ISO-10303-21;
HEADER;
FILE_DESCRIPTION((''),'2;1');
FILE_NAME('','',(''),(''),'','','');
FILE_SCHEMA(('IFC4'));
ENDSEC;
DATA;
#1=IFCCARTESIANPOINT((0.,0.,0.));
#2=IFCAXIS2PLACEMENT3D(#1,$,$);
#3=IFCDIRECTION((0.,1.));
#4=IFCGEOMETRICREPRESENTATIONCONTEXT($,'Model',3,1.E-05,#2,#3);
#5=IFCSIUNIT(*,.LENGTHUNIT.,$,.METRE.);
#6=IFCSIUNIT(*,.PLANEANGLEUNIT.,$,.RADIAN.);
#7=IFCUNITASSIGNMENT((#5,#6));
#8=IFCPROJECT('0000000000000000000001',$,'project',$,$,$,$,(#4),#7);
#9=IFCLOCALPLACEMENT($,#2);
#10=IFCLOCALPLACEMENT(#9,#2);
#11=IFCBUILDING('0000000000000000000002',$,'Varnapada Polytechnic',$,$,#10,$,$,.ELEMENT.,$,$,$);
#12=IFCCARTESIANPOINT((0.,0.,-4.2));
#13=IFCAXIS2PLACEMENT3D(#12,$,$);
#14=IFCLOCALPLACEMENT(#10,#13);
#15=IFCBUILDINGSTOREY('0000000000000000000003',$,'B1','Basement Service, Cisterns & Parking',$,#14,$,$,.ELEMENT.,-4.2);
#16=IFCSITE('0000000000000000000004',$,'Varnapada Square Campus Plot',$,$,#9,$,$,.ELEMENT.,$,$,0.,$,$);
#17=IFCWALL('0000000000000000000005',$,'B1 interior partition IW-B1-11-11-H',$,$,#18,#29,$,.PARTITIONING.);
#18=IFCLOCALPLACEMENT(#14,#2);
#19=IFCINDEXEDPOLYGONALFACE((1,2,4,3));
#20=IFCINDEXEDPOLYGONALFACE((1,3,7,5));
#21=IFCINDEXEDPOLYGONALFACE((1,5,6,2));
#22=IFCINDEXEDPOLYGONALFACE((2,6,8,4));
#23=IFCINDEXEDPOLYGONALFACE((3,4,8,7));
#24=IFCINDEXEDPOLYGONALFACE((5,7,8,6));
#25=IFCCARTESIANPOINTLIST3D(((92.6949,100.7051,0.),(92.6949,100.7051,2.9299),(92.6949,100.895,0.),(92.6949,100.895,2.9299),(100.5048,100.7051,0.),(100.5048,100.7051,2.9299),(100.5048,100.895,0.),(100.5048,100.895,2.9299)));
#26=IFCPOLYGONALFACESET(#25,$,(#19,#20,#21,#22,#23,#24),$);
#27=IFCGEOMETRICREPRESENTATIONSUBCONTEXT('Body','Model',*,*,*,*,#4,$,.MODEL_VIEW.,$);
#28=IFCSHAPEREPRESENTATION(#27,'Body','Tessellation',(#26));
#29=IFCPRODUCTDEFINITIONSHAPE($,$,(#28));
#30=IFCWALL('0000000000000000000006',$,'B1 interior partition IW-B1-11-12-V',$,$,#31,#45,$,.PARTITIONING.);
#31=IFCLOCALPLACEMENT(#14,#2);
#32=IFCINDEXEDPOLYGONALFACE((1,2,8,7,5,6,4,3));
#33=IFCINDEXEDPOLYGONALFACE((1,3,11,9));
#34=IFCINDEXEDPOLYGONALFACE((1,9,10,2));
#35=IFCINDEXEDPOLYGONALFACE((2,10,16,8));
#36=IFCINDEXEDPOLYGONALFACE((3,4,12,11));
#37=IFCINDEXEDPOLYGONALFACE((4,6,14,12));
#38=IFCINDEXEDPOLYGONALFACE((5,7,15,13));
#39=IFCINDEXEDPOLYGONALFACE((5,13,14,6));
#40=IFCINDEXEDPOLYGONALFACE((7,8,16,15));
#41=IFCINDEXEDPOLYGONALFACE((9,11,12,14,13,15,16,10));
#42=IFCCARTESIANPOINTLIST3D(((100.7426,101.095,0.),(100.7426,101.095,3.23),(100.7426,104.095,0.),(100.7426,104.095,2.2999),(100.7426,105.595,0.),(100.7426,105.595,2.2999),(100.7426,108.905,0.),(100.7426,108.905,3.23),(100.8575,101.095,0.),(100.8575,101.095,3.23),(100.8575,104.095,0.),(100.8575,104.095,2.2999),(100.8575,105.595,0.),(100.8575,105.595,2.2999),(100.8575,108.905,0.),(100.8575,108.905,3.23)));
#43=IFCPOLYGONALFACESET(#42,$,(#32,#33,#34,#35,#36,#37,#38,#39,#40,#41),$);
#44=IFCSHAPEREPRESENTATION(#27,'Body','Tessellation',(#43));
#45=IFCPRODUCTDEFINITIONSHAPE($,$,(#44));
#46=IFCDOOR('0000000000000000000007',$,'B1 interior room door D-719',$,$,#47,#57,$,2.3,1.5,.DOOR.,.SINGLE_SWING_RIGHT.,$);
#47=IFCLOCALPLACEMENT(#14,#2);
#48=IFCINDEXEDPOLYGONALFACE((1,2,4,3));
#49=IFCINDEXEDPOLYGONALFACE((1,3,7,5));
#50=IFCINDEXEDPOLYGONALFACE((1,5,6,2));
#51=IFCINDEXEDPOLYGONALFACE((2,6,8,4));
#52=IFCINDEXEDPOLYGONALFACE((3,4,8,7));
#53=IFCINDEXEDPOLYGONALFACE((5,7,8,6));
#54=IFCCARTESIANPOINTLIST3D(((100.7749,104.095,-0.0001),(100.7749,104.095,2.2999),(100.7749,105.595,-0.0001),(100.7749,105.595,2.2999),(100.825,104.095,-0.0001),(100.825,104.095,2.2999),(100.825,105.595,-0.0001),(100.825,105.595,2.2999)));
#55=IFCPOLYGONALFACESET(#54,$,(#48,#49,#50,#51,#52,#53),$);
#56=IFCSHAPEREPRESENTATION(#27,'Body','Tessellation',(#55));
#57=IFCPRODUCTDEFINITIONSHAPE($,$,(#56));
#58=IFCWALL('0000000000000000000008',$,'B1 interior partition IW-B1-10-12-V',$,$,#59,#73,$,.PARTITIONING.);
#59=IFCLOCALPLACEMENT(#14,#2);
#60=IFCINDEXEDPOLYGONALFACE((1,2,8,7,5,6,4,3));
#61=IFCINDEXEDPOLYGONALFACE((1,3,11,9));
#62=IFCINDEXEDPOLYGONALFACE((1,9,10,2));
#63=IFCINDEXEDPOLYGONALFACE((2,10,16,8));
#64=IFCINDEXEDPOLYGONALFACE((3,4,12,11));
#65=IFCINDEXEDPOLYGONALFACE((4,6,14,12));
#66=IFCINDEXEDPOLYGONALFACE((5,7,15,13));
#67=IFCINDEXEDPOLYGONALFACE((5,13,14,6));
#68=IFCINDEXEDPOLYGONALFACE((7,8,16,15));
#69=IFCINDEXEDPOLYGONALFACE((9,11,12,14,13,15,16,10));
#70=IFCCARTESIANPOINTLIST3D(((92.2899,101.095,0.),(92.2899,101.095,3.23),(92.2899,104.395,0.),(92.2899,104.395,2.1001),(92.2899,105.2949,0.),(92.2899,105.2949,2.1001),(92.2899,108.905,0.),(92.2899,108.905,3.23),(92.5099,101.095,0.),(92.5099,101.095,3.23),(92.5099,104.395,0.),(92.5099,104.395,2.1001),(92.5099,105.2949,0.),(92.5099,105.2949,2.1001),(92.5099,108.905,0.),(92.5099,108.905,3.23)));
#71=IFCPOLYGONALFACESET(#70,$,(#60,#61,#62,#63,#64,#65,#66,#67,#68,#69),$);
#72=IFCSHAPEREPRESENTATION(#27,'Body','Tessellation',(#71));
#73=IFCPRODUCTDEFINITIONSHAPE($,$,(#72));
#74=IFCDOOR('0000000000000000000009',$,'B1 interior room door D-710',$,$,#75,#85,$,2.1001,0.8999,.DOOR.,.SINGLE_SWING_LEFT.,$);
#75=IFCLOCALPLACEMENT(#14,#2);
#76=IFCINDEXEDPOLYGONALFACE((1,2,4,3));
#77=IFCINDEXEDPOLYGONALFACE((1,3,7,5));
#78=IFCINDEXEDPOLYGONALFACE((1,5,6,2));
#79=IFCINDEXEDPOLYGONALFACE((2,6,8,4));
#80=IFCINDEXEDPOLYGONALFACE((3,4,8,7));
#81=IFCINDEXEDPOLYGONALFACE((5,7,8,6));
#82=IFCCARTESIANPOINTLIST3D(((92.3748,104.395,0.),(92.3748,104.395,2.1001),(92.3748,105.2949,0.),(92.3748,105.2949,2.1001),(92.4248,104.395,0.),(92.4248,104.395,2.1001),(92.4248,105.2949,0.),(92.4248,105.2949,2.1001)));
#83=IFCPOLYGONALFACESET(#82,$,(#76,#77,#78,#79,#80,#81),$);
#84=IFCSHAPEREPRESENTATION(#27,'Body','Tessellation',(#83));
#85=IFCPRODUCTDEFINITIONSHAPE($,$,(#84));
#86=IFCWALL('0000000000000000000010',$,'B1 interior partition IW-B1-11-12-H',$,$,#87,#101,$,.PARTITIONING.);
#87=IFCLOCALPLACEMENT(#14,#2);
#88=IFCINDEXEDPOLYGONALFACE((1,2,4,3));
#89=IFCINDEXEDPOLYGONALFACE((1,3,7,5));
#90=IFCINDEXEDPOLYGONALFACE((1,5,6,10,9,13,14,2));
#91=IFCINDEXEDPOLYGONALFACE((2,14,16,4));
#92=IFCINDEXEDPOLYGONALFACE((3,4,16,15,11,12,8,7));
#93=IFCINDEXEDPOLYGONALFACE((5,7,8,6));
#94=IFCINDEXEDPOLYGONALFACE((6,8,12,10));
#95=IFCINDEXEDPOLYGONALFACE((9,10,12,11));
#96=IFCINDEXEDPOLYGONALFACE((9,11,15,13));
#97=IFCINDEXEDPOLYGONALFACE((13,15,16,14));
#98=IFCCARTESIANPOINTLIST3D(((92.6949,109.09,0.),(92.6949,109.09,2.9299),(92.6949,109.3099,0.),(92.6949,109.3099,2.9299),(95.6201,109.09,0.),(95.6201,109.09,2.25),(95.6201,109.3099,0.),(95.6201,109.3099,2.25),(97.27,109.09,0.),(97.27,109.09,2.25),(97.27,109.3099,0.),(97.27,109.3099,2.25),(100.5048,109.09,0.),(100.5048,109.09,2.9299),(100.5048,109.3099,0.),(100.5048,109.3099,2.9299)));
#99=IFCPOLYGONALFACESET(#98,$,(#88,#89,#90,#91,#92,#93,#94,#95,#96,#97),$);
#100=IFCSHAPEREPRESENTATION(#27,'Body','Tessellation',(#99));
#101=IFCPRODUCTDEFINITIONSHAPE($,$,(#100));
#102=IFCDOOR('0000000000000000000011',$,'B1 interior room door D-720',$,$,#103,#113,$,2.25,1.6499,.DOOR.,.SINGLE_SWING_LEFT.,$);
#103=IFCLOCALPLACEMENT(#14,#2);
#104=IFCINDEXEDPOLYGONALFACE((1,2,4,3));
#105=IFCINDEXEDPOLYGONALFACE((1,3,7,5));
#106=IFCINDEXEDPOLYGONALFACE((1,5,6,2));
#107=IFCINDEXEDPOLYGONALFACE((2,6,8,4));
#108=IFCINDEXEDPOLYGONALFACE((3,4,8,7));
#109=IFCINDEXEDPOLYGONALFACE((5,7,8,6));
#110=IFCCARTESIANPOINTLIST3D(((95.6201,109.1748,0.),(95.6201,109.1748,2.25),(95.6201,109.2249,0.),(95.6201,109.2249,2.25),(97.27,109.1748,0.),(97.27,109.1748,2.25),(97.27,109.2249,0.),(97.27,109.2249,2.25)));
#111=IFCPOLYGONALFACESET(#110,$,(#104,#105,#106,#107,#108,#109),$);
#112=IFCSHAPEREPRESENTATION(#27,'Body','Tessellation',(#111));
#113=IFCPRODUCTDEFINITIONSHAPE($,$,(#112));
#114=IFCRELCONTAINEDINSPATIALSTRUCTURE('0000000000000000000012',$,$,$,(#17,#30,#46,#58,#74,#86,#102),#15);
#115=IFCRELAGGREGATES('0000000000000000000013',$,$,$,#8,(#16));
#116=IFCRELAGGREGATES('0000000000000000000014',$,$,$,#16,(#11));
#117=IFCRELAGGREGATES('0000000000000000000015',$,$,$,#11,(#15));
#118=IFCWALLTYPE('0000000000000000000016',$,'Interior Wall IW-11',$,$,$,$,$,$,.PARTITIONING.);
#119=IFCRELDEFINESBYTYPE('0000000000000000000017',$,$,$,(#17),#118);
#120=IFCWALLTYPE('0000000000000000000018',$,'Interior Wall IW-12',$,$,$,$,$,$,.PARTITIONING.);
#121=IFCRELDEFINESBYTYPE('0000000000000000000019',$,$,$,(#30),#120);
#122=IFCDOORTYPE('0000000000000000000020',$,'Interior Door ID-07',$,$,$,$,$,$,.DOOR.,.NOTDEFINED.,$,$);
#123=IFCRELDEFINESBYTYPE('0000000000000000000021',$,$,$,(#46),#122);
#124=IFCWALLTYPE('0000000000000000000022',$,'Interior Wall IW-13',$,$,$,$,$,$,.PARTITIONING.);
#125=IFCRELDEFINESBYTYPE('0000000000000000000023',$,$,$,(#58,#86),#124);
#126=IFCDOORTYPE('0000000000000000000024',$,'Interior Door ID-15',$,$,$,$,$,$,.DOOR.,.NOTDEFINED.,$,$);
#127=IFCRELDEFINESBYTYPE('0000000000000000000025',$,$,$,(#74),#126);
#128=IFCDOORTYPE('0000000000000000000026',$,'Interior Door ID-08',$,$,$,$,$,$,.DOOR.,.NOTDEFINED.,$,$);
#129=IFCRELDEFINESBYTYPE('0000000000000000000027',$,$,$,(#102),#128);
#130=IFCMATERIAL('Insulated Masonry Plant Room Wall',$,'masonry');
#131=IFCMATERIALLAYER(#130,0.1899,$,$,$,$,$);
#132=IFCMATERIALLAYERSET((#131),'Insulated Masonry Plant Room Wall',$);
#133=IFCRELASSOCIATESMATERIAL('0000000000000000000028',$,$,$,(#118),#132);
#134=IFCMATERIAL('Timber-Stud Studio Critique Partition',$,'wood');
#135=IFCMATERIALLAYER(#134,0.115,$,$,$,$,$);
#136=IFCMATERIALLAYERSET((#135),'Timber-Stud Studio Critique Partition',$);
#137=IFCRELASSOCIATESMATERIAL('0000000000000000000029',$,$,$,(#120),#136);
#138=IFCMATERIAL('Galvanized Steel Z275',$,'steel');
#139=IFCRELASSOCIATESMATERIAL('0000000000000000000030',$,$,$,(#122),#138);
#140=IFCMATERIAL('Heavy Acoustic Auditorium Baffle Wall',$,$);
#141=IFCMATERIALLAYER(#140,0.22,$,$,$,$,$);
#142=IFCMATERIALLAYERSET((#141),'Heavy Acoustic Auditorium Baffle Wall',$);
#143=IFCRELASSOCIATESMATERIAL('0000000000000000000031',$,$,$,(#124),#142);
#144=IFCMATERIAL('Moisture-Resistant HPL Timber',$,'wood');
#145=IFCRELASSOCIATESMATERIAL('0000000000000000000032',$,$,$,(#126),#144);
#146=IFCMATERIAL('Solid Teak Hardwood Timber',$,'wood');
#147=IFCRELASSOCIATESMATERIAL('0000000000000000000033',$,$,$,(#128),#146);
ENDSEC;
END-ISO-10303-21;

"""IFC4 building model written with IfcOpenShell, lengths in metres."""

from ifc_helpers import new_model, si_unit, direction, frame, frame_2d, origin, place, context, subcontext, project, spatial, rectangle, extrude, material, layer, layer_set, type_object, element, fill, save


model = new_model("IFC4")

# Units and contexts
model_context = context("Model", 3, precision=1e-05, world=origin(), true_north=direction((0.0, 1.0)))
body_context = subcontext(model_context, "Body", "Model", "MODEL_VIEW")
ifc_project = project(units=[si_unit("LENGTHUNIT", "METRE"), si_unit("PLANEANGLEUNIT", "RADIAN")], contexts=[model_context])

# Site, building, storey
site_placement = place(None, origin())
site = spatial("IfcSite", under=ifc_project, at=site_placement, Name="Varnapada Square Campus Plot", CompositionType="ELEMENT", RefElevation=0.0)
building_placement = place(site_placement, origin())
building = spatial("IfcBuilding", under=site, at=building_placement, Name="Varnapada Polytechnic", CompositionType="ELEMENT")
storey_placement = place(building_placement, frame((0.0, 0.0, -4.2)))
storey = spatial("IfcBuildingStorey", under=building, at=storey_placement, Name="B1", Description="Basement Service, Cisterns & Parking", CompositionType="ELEMENT", Elevation=-4.2)

# Wall
ifc_material_1 = material(Name="Insulated Masonry Plant Room Wall", Category="masonry")
ifc_layer_1 = layer(ifc_material_1, 0.1899)
ifc_layer_set_1 = layer_set([ifc_layer_1], Name="Insulated Masonry Plant Room Wall")
wall_type_1 = type_object("IfcWallType", Name="Interior Wall IW-11", PredefinedType="PARTITIONING", material=ifc_layer_set_1)
wall_1_placement = place(storey_placement, frame((92.6951, 100.8, 0.0), z_axis=(0.0, 0.0, 1.0), x_axis=(1.0, 0.0, 0.0)))
element("IfcWall", 1, at=wall_1_placement, inside=storey, type_object=wall_type_1, Name="B1 interior partition IW-B1-11-11-H", PredefinedType="PARTITIONING", context=body_context, shape_type="SweptSolid", body=[
    extrude(rectangle(XDim=7.8098, YDim=0.1899, at=frame_2d((3.9048, 0.0))), origin(), (0.0, 0.0, 1.0), 2.9299),
])

# Walls, openings, doors
ifc_material_2 = material(Name="Timber-Stud Studio Critique Partition", Category="wood")
ifc_layer_2 = layer(ifc_material_2, 0.115)
ifc_layer_set_2 = layer_set([ifc_layer_2], Name="Timber-Stud Studio Critique Partition")
wall_type_2 = type_object("IfcWallType", Name="Interior Wall IW-12", PredefinedType="PARTITIONING", material=ifc_layer_set_2)
wall_2_placement = place(storey_placement, frame((100.8, 101.095, 0.0), z_axis=(0.0, 0.0, 1.0), x_axis=(0.0, 1.0, 0.0)))
wall_2 = element("IfcWall", 2, at=wall_2_placement, inside=storey, type_object=wall_type_2, Name="B1 interior partition IW-B1-11-12-V", PredefinedType="PARTITIONING", context=body_context, shape_type="SweptSolid", body=[
    extrude(rectangle(XDim=7.8101, YDim=0.115, at=frame_2d((3.905, 0.0))), origin(), (0.0, 0.0, 1.0), 3.23),
])
opening_1_placement = place(wall_2_placement, frame((3.0, 0.0, 0.0)))
opening_1 = element("IfcOpeningElement", 3, at=opening_1_placement, cuts=wall_2, PredefinedType="OPENING", context=body_context, shape_type="SweptSolid", body=[
    extrude(rectangle(XDim=1.5, YDim=2.3, at=frame_2d((0.75, 1.1499))), frame((0.0, 0.0674, 0.0), z_axis=(0.0, -1.0, 0.0), x_axis=(1.0, 0.0, 0.0)), (0.0, 0.0, 1.0), 0.135),
])
ifc_material_3 = material(Name="Galvanized Steel Z275", Category="steel")
door_type_1 = type_object("IfcDoorType", Name="Interior Door ID-07", OperationType="NOTDEFINED", PredefinedType="DOOR", material=ifc_material_3)
door_1_placement = place(opening_1_placement, frame((1.5, 0.0, 0.0), z_axis=(0.0, 0.0, 1.0), x_axis=(-1.0, 0.0, 0.0)))
door_1 = element("IfcDoor", 4, at=door_1_placement, inside=storey, type_object=door_type_1, Name="B1 interior room door D-719", OperationType="SINGLE_SWING_RIGHT", OverallHeight=2.3, OverallWidth=1.5, PredefinedType="DOOR", context=body_context, shape_type="SweptSolid", body=[
    extrude(rectangle(XDim=1.5, YDim=2.3, at=frame_2d((0.75, 1.1499))), frame((0.0, 0.0249, 0.0), z_axis=(0.0, -1.0, 0.0), x_axis=(1.0, 0.0, 0.0)), (0.0, 0.0, 1.0), 0.05),
])
fill(opening_1, door_1)
ifc_material_4 = material(Name="Heavy Acoustic Auditorium Baffle Wall")
ifc_layer_3 = layer(ifc_material_4, 0.22)
ifc_layer_set_3 = layer_set([ifc_layer_3], Name="Heavy Acoustic Auditorium Baffle Wall")
wall_type_3 = type_object("IfcWallType", Name="Interior Wall IW-13", PredefinedType="PARTITIONING", material=ifc_layer_set_3)
wall_3_placement = place(storey_placement, frame((92.3999, 101.095, 0.0), z_axis=(0.0, 0.0, 1.0), x_axis=(0.0, 1.0, 0.0)))
wall_3 = element("IfcWall", 5, at=wall_3_placement, inside=storey, type_object=wall_type_3, Name="B1 interior partition IW-B1-10-12-V", PredefinedType="PARTITIONING", context=body_context, shape_type="SweptSolid", body=[
    extrude(rectangle(XDim=7.8101, YDim=0.22, at=frame_2d((3.905, 0.0))), origin(), (0.0, 0.0, 1.0), 3.23),
])
opening_2_placement = place(wall_3_placement, frame((3.3, 0.0, 0.0)))
opening_2 = element("IfcOpeningElement", 6, at=opening_2_placement, cuts=wall_3, PredefinedType="OPENING", context=body_context, shape_type="SweptSolid", body=[
    extrude(rectangle(XDim=0.8999, YDim=2.1001, at=frame_2d((0.45, 1.05))), frame((0.0, 0.1199, 0.0), z_axis=(0.0, -1.0, 0.0), x_axis=(1.0, 0.0, 0.0)), (0.0, 0.0, 1.0), 0.24),
])
ifc_material_5 = material(Name="Moisture-Resistant HPL Timber", Category="wood")
door_type_2 = type_object("IfcDoorType", Name="Interior Door ID-15", OperationType="NOTDEFINED", PredefinedType="DOOR", material=ifc_material_5)
door_2_placement = place(opening_2_placement, frame((0.8999, 0.0, 0.0), z_axis=(0.0, 0.0, 1.0), x_axis=(-1.0, 0.0, 0.0)))
door_2 = element("IfcDoor", 7, at=door_2_placement, inside=storey, type_object=door_type_2, Name="B1 interior room door D-710", OperationType="SINGLE_SWING_LEFT", OverallHeight=2.1001, OverallWidth=0.8999, PredefinedType="DOOR", context=body_context, shape_type="SweptSolid", body=[
    extrude(rectangle(XDim=0.8999, YDim=2.1001, at=frame_2d((0.45, 1.05))), frame((0.0, 0.0249, 0.0), z_axis=(0.0, -1.0, 0.0), x_axis=(1.0, 0.0, 0.0)), (0.0, 0.0, 1.0), 0.05),
])
fill(opening_2, door_2)
wall_4_placement = place(storey_placement, frame((92.6951, 109.2, 0.0), z_axis=(0.0, 0.0, 1.0), x_axis=(1.0, 0.0, 0.0)))
wall_4 = element("IfcWall", 8, at=wall_4_placement, inside=storey, type_object=wall_type_3, Name="B1 interior partition IW-B1-11-12-H", PredefinedType="PARTITIONING", context=body_context, shape_type="SweptSolid", body=[
    extrude(rectangle(XDim=7.8098, YDim=0.22, at=frame_2d((3.9048, 0.0))), origin(), (0.0, 0.0, 1.0), 2.9299),
])
opening_3_placement = place(wall_4_placement, frame((2.925, 0.0, 0.0)))
opening_3 = element("IfcOpeningElement", 9, at=opening_3_placement, cuts=wall_4, PredefinedType="OPENING", context=body_context, shape_type="SweptSolid", body=[
    extrude(rectangle(XDim=1.6499, YDim=2.25, at=frame_2d((0.825, 1.125))), frame((0.0, 0.1199, 0.0), z_axis=(0.0, -1.0, 0.0), x_axis=(1.0, 0.0, 0.0)), (0.0, 0.0, 1.0), 0.24),
])
ifc_material_6 = material(Name="Solid Teak Hardwood Timber", Category="wood")
door_type_3 = type_object("IfcDoorType", Name="Interior Door ID-08", OperationType="NOTDEFINED", PredefinedType="DOOR", material=ifc_material_6)
door_3_placement = place(opening_3_placement, origin())
door_3 = element("IfcDoor", 10, at=door_3_placement, inside=storey, type_object=door_type_3, Name="B1 interior room door D-720", OperationType="SINGLE_SWING_LEFT", OverallHeight=2.25, OverallWidth=1.6499, PredefinedType="DOOR", context=body_context, shape_type="SweptSolid", body=[
    extrude(rectangle(XDim=1.6499, YDim=2.25, at=frame_2d((0.825, 1.125))), frame((0.0, 0.0249, 0.0), z_axis=(0.0, -1.0, 0.0), x_axis=(1.0, 0.0, 0.0)), (0.0, 0.0, 1.0), 0.05),
])
fill(opening_3, door_3)

save(model, "model.ifc")
